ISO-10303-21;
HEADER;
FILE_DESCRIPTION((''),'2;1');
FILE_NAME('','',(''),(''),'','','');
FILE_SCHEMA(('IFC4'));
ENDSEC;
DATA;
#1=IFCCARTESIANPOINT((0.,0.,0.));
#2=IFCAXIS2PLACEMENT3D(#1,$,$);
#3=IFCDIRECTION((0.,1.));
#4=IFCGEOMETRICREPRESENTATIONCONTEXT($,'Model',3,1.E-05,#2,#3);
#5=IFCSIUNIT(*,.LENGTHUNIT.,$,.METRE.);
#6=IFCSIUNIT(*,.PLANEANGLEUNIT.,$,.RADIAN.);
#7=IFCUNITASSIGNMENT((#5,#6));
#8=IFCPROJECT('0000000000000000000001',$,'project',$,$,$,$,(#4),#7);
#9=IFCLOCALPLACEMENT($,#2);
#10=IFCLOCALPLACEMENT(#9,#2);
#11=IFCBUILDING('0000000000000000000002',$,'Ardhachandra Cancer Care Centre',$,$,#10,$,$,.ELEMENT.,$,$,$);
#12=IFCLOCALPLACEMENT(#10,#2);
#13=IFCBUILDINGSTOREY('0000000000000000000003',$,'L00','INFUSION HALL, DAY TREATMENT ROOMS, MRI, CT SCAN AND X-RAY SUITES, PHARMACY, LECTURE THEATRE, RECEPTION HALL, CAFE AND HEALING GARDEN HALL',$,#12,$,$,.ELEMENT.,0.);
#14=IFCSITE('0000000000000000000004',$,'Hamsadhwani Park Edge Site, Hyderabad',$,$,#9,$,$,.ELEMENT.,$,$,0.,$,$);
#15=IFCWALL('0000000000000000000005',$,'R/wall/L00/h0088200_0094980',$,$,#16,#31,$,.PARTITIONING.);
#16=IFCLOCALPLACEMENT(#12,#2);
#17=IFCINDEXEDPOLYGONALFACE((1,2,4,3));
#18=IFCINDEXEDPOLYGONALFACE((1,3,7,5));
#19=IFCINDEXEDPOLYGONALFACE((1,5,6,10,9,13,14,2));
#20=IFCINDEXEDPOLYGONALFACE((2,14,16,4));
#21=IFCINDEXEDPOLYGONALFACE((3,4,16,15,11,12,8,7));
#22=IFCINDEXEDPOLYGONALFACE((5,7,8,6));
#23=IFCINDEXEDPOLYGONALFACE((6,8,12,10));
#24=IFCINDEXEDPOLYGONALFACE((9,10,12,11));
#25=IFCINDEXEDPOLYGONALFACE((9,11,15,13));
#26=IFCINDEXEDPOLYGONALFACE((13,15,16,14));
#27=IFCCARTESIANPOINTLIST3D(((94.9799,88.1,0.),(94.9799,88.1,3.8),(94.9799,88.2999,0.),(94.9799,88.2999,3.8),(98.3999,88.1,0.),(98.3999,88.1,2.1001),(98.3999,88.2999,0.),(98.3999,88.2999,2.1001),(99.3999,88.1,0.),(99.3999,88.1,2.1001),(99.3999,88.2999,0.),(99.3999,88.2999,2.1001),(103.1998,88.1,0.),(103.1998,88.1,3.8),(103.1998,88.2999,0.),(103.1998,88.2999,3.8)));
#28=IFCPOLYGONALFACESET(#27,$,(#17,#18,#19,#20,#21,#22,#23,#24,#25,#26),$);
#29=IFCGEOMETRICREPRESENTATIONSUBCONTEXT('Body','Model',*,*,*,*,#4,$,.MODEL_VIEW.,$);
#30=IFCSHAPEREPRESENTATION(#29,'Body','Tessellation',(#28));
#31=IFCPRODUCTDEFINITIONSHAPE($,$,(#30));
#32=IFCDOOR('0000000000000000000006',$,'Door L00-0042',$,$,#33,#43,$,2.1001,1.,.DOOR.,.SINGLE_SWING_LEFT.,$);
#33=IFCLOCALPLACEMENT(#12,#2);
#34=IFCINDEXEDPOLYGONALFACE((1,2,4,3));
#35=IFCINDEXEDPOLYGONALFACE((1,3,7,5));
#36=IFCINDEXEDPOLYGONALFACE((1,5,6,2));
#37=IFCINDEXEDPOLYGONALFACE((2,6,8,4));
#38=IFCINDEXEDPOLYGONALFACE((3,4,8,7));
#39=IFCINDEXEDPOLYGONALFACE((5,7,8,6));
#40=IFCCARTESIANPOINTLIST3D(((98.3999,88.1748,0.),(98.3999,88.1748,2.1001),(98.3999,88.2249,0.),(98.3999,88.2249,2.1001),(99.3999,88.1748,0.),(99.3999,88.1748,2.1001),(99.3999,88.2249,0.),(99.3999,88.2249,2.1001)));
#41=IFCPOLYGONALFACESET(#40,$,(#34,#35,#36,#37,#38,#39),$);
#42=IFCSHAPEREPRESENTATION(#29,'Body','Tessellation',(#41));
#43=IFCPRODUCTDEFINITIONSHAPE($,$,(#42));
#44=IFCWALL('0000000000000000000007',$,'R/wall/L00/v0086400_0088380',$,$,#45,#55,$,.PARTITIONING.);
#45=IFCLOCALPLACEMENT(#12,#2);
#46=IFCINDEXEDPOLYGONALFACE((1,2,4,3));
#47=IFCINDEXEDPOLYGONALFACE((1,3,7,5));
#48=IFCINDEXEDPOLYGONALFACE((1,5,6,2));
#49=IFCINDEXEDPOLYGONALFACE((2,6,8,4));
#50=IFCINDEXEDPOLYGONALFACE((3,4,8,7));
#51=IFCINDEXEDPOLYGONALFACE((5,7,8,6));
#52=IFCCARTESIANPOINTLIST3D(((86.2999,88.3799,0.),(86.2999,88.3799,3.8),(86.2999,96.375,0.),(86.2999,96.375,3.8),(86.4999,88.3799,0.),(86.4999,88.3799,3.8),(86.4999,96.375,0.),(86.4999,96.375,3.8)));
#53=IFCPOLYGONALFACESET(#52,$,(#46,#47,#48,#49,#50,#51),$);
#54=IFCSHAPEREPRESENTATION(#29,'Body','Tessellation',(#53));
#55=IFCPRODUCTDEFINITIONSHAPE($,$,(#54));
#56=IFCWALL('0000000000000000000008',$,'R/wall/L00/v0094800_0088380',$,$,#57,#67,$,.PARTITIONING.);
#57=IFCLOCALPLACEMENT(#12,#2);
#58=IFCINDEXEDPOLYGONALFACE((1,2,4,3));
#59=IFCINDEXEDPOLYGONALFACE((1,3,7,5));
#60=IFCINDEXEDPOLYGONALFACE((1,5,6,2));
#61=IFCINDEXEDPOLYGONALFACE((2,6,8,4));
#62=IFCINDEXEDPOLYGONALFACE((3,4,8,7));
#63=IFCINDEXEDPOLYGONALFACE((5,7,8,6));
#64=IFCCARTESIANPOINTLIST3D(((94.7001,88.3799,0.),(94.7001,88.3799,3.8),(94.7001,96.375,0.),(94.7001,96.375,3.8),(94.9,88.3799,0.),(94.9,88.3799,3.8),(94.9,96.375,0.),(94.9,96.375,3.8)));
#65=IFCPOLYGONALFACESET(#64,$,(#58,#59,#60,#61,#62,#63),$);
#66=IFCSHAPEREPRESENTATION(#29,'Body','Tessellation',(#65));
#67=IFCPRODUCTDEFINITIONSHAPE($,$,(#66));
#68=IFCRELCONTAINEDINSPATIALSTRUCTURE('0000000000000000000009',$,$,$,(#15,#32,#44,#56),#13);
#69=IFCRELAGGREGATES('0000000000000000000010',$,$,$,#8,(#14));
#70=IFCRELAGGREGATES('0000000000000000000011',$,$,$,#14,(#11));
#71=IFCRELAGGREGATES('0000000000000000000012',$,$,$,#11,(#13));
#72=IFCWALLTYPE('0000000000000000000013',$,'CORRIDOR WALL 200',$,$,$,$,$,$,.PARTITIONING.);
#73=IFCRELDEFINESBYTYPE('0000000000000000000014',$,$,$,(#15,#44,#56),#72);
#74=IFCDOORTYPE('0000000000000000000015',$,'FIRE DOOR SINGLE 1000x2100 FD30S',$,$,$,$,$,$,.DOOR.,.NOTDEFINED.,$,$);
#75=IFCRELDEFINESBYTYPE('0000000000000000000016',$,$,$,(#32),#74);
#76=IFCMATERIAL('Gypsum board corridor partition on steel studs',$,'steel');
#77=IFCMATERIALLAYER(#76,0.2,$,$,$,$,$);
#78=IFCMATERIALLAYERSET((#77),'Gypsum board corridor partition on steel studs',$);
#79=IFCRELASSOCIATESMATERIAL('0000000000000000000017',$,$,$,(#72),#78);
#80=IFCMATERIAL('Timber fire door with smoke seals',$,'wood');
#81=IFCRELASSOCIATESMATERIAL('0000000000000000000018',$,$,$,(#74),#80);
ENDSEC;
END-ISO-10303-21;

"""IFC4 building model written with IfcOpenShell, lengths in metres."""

from ifc_helpers import new_model, si_unit, direction, frame, frame_2d, origin, place, context, subcontext, project, spatial, rectangle, extrude, material, layer, layer_set, type_object, element, fill, save


model = new_model("IFC4")

# Units and contexts
model_context = context("Model", 3, precision=1e-05, world=origin(), true_north=direction((0.0, 1.0)))
body_context = subcontext(model_context, "Body", "Model", "MODEL_VIEW")
ifc_project = project(units=[si_unit("LENGTHUNIT", "METRE"), si_unit("PLANEANGLEUNIT", "RADIAN")], contexts=[model_context])

# Site, building, storey
site_placement = place(None, origin())
site = spatial("IfcSite", under=ifc_project, at=site_placement, Name="Hamsadhwani Park Edge Site, Hyderabad", CompositionType="ELEMENT", RefElevation=0.0)
building_placement = place(site_placement, origin())
building = spatial("IfcBuilding", under=site, at=building_placement, Name="Ardhachandra Cancer Care Centre", CompositionType="ELEMENT")
storey_placement = place(building_placement, origin())
storey = spatial("IfcBuildingStorey", under=building, at=storey_placement, Name="L00", Description="INFUSION HALL, DAY TREATMENT ROOMS, MRI, CT SCAN AND X-RAY SUITES, PHARMACY, LECTURE THEATRE, RECEPTION HALL, CAFE AND HEALING GARDEN HALL", CompositionType="ELEMENT", Elevation=0.0)

# Wall, opening, door
ifc_material_1 = material(Name="Gypsum board corridor partition on steel studs", Category="steel")
ifc_layer = layer(ifc_material_1, 0.2)
ifc_layer_set = layer_set([ifc_layer], Name="Gypsum board corridor partition on steel studs")
wall_type = type_object("IfcWallType", Name="CORRIDOR WALL 200", PredefinedType="PARTITIONING", material=ifc_layer_set)
wall_1_placement = place(storey_placement, frame((94.98, 88.2, 0.0), z_axis=(0.0, 0.0, 1.0), x_axis=(1.0, 0.0, 0.0)))
wall_1 = element("IfcWall", 1, at=wall_1_placement, inside=storey, type_object=wall_type, Name="R/wall/L00/h0088200_0094980", PredefinedType="PARTITIONING", context=body_context, shape_type="SweptSolid", body=[
    extrude(rectangle(XDim=8.22, YDim=0.2, at=frame_2d((4.1099, 0.0))), origin(), (0.0, 0.0, 1.0), 3.8),
])
opening_1_placement = place(wall_1_placement, frame((3.4199, 0.0, 0.0)))
opening_1 = element("IfcOpeningElement", 2, at=opening_1_placement, cuts=wall_1, PredefinedType="OPENING", context=body_context, shape_type="SweptSolid", body=[
    extrude(rectangle(XDim=1.0, YDim=2.1001, at=frame_2d((0.5, 1.05))), frame((0.0, 0.1099, 0.0), z_axis=(0.0, -1.0, 0.0), x_axis=(1.0, 0.0, 0.0)), (0.0, 0.0, 1.0), 0.22),
])
ifc_material_2 = material(Name="Timber fire door with smoke seals", Category="wood")
door_type_1 = type_object("IfcDoorType", Name="FIRE DOOR SINGLE 1000x2100 FD30S", OperationType="NOTDEFINED", PredefinedType="DOOR", material=ifc_material_2)
door_1_placement = place(opening_1_placement, origin())
door_1 = element("IfcDoor", 3, at=door_1_placement, inside=storey, type_object=door_type_1, Name="Door L00-0042", OperationType="SINGLE_SWING_LEFT", OverallHeight=2.1001, OverallWidth=1.0, PredefinedType="DOOR", context=body_context, shape_type="SweptSolid", body=[
    extrude(rectangle(XDim=1.0, YDim=2.1001, at=frame_2d((0.5, 1.05))), frame((0.0, 0.0249, 0.0), z_axis=(0.0, -1.0, 0.0), x_axis=(1.0, 0.0, 0.0)), (0.0, 0.0, 1.0), 0.05),
])
fill(opening_1, door_1)

# Walls
for number, where, z_axis, x_axis, name in (
    (4, (86.3999, 88.3799, 0.0), (0.0, 0.0, 1.0), (0.0, 1.0, 0.0), "R/wall/L00/v0086400_0088380"),
    (5, (94.8, 88.3799, 0.0), (0.0, 0.0, 1.0), (0.0, 1.0, 0.0), "R/wall/L00/v0094800_0088380"),
):
    element("IfcWall", number, at=place(storey_placement, frame(where, z_axis=z_axis, x_axis=x_axis)), inside=storey, type_object=wall_type, Name=name, PredefinedType="PARTITIONING", context=body_context, shape_type="SweptSolid", body=[
        extrude(rectangle(XDim=7.9951, YDim=0.2, at=frame_2d((3.9976, 0.0))), origin(), (0.0, 0.0, 1.0), 3.8),
    ])

save(model, "model.ifc")
